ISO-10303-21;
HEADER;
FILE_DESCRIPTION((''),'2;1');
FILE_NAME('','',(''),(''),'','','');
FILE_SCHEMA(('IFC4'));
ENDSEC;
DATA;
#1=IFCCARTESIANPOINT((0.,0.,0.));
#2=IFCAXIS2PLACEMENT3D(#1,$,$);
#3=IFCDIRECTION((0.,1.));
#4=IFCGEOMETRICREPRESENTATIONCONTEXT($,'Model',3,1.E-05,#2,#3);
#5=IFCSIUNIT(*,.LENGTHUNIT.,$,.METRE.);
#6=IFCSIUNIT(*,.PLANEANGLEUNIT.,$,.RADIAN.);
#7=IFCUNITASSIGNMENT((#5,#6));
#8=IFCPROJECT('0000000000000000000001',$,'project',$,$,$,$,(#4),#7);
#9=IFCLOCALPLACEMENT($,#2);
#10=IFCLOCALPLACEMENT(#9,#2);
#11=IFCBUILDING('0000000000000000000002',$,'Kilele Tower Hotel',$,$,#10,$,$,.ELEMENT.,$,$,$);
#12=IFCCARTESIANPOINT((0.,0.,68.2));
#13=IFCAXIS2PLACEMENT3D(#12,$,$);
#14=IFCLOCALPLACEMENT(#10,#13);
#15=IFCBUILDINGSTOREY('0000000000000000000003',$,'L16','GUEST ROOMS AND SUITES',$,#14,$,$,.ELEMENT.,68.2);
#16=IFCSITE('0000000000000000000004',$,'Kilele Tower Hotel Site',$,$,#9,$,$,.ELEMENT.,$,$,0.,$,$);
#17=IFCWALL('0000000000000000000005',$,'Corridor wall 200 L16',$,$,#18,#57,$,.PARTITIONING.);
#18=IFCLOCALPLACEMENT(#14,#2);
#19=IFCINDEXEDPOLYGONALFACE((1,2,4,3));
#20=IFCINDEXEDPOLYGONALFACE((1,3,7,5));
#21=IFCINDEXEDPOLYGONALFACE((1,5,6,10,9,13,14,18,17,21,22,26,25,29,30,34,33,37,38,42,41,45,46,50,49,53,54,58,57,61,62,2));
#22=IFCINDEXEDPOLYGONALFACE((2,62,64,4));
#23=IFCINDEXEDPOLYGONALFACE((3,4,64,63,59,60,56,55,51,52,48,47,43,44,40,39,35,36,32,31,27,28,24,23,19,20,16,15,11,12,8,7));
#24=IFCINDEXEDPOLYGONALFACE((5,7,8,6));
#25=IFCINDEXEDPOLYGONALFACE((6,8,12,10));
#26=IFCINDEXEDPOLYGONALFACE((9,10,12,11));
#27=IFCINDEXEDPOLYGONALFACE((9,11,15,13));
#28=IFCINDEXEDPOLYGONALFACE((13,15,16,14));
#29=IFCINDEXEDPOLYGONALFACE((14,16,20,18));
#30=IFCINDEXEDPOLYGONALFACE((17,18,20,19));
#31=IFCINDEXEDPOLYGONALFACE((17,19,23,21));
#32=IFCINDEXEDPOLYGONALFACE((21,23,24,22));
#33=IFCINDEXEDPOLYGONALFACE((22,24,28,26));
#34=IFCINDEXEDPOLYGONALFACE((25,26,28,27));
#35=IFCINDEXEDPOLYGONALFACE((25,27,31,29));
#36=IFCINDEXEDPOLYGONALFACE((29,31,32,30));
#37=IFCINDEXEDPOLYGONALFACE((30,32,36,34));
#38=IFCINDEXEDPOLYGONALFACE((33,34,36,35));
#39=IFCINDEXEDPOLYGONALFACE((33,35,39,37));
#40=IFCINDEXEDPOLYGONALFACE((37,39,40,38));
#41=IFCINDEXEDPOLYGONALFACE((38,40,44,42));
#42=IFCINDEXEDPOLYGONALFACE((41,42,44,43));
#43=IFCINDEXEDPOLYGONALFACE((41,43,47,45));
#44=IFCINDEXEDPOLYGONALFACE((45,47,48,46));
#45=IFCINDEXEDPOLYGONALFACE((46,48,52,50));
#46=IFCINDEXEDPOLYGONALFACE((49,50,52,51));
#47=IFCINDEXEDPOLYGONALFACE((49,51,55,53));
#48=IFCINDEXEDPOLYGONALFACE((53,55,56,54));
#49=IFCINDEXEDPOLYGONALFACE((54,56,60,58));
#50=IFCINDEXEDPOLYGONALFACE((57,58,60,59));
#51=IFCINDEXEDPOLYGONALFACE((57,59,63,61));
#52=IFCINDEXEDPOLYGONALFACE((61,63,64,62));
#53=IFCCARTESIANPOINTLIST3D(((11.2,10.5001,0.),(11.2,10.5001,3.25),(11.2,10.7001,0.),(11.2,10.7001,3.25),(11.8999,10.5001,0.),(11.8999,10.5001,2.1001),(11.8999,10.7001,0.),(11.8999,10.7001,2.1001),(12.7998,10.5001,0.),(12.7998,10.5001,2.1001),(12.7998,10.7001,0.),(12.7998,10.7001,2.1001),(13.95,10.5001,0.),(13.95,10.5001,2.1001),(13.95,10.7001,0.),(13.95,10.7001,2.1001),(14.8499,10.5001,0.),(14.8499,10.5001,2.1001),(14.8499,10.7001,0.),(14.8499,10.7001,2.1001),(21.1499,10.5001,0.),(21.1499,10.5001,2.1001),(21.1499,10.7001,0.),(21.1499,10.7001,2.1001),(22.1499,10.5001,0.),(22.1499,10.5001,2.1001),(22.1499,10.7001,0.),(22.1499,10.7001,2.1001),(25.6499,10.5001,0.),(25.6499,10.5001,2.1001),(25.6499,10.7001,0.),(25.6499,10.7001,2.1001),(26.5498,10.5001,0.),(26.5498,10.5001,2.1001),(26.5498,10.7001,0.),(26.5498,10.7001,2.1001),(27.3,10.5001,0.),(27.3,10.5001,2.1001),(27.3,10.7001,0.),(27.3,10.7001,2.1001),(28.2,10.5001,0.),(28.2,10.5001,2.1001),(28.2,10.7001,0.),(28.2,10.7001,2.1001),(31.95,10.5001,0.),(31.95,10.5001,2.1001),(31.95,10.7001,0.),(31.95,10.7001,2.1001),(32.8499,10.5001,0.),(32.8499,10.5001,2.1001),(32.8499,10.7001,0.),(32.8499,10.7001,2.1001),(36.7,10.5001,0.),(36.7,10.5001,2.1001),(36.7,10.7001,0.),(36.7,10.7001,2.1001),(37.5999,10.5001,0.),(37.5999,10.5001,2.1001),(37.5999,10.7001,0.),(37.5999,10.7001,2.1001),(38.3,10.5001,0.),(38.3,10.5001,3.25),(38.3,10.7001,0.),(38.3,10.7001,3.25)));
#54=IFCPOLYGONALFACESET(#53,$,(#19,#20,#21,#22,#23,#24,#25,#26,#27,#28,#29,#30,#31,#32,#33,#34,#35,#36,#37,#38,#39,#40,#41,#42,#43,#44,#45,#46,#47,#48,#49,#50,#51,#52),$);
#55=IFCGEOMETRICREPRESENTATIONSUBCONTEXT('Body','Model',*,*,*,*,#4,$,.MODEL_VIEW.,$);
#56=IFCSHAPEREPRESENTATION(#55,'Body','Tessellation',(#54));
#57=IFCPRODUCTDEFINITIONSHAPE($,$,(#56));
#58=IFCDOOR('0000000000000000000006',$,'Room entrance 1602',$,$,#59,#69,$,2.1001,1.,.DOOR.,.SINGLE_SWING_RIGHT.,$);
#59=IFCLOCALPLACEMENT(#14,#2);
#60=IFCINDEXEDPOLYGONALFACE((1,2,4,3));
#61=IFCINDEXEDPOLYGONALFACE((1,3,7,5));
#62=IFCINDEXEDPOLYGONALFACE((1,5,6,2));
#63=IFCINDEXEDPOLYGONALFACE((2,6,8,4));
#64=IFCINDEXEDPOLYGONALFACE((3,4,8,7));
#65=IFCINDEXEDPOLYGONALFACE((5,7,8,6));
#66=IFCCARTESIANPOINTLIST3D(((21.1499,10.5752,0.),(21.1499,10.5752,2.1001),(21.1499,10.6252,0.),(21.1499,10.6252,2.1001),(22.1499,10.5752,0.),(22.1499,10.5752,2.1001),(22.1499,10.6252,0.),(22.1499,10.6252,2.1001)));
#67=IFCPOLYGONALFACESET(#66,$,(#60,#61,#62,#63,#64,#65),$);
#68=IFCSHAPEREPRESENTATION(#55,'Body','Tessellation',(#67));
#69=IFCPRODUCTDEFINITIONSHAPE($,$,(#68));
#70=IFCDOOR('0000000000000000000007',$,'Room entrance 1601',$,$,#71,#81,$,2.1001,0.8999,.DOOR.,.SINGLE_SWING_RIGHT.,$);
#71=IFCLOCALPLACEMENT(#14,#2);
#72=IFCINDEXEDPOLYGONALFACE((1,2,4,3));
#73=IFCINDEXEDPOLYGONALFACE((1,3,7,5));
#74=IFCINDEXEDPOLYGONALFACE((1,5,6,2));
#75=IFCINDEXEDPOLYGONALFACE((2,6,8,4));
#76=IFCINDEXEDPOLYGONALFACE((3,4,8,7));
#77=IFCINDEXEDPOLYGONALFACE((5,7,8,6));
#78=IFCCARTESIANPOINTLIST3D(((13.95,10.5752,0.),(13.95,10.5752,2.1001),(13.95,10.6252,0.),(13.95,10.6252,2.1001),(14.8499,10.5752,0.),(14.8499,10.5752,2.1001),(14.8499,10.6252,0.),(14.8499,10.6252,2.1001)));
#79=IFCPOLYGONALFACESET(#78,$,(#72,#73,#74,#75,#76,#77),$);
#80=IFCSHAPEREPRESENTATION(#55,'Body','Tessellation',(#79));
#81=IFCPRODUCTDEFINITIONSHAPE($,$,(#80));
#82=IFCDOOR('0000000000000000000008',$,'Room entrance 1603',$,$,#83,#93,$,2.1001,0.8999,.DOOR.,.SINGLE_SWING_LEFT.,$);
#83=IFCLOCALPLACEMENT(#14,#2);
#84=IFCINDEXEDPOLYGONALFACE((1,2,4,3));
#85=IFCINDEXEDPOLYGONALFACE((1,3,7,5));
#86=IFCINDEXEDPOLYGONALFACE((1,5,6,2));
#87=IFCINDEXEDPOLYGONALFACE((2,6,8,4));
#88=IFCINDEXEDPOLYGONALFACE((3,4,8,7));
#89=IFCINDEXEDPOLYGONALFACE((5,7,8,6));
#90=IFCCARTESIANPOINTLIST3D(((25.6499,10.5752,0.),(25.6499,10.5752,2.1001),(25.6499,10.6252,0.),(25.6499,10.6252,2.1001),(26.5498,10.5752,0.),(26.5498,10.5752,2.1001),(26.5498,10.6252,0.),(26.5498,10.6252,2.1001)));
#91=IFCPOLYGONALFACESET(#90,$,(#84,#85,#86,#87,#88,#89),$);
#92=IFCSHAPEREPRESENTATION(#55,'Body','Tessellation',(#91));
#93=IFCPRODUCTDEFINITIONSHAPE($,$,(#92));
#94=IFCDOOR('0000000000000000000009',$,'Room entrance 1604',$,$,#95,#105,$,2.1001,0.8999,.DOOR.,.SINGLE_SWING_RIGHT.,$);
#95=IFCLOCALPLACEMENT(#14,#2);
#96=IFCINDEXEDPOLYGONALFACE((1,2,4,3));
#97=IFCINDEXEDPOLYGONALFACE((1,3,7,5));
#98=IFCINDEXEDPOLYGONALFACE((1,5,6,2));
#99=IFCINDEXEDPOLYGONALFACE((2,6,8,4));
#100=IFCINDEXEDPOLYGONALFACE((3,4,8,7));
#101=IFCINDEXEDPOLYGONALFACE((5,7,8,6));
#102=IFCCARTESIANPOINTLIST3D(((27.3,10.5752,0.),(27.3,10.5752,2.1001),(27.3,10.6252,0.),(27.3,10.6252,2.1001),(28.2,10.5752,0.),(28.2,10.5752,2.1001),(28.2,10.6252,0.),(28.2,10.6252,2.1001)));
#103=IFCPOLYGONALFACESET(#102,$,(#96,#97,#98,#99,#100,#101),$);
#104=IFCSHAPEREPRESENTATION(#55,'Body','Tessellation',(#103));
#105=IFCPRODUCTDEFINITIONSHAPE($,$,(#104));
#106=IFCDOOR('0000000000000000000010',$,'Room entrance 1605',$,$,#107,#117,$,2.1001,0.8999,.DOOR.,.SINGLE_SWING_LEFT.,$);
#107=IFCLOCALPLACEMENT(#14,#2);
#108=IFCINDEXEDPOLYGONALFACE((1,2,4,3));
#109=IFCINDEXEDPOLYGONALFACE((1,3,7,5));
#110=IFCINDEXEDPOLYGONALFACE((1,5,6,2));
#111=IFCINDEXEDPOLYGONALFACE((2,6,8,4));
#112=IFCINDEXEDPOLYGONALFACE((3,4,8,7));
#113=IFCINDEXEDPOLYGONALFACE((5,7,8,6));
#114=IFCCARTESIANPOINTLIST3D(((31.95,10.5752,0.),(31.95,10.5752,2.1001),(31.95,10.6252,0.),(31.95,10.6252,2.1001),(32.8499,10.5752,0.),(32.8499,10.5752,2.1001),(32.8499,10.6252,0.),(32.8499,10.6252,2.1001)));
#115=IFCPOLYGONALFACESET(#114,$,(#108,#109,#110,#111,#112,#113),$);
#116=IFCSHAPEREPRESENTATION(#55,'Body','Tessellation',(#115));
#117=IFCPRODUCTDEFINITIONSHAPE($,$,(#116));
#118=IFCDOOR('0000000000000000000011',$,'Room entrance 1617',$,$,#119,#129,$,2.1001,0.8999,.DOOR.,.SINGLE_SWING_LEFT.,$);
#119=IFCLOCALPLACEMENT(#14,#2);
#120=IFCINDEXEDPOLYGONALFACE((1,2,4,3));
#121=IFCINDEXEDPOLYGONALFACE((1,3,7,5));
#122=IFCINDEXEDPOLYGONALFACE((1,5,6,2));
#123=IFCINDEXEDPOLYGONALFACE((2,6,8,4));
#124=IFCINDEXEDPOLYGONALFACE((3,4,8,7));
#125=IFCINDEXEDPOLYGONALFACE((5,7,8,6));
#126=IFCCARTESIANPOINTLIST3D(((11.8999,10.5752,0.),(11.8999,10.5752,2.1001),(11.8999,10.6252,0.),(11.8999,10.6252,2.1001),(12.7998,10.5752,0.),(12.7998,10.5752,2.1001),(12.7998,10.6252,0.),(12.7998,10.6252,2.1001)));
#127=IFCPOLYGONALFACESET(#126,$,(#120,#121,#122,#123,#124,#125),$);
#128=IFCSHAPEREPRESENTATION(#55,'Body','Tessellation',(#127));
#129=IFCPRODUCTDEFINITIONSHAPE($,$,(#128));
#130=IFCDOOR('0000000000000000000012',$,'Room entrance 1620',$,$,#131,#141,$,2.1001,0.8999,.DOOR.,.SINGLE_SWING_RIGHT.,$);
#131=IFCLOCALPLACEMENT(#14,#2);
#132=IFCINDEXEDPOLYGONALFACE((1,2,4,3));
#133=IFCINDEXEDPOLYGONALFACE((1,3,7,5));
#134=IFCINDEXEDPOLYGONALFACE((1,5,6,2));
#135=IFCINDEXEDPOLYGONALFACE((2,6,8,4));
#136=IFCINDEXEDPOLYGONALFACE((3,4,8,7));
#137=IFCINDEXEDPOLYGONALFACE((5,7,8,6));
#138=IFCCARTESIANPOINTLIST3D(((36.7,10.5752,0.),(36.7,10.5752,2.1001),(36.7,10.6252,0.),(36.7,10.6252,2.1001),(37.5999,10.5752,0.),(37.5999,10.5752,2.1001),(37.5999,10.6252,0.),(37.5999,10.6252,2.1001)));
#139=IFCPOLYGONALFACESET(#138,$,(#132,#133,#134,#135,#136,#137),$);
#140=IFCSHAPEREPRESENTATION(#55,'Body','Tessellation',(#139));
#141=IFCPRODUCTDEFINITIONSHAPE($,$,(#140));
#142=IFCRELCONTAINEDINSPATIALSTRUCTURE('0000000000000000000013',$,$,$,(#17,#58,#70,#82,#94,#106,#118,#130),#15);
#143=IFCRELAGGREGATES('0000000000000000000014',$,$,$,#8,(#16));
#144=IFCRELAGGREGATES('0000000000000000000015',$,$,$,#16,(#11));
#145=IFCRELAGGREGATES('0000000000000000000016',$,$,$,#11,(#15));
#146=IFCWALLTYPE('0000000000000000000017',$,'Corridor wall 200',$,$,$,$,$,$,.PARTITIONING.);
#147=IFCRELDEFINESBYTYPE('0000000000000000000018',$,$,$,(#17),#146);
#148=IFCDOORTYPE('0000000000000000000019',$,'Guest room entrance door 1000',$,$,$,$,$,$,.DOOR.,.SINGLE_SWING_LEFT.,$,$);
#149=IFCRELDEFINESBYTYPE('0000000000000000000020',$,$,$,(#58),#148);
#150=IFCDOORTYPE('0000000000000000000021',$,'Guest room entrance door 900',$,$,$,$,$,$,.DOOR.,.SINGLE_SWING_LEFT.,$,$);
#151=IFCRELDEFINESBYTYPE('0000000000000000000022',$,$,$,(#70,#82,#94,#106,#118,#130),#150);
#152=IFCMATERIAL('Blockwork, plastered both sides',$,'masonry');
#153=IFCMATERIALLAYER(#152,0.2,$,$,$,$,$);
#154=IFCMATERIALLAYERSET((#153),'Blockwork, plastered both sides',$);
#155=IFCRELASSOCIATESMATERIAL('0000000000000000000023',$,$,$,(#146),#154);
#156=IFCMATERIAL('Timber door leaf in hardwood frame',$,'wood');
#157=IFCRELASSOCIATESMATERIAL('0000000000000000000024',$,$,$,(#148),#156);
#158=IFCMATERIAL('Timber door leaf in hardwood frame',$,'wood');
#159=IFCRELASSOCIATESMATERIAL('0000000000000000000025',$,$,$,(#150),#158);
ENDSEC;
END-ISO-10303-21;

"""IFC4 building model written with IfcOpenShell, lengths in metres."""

from ifc_helpers import new_model, si_unit, direction, frame, frame_2d, origin, place, context, subcontext, project, spatial, rectangle, extrude, material, layer, layer_set, type_object, element, fill, save


model = new_model("IFC4")

# Units and contexts
model_context = context("Model", 3, precision=1e-05, world=origin(), true_north=direction((0.0, 1.0)))
body_context = subcontext(model_context, "Body", "Model", "MODEL_VIEW")
ifc_project = project(units=[si_unit("LENGTHUNIT", "METRE"), si_unit("PLANEANGLEUNIT", "RADIAN")], contexts=[model_context])

# Site, building, storey
site_placement = place(None, origin())
site = spatial("IfcSite", under=ifc_project, at=site_placement, Name="Kilele Tower Hotel Site", CompositionType="ELEMENT", RefElevation=0.0)
building_placement = place(site_placement, origin())
building = spatial("IfcBuilding", under=site, at=building_placement, Name="Kilele Tower Hotel", CompositionType="ELEMENT")
storey_placement = place(building_placement, frame((0.0, 0.0, 68.2)))
storey = spatial("IfcBuildingStorey", under=building, at=storey_placement, Name="L16", Description="GUEST ROOMS AND SUITES", CompositionType="ELEMENT", Elevation=68.2)

# Wall, openings, doors
ifc_material_1 = material(Name="Blockwork, plastered both sides", Category="masonry")
ifc_layer_1 = layer(ifc_material_1, 0.2)
ifc_layer_set_1 = layer_set([ifc_layer_1], Name="Blockwork, plastered both sides")
wall_type_1 = type_object("IfcWallType", Name="Corridor wall 200", PredefinedType="PARTITIONING", material=ifc_layer_set_1)
wall_1_placement = place(storey_placement, frame((11.2, 10.6001, 0.0), z_axis=(0.0, 0.0, 1.0), x_axis=(1.0, 0.0, 0.0)))
wall_1 = element("IfcWall", 1, at=wall_1_placement, inside=storey, type_object=wall_type_1, Name="Corridor wall 200 L16", PredefinedType="PARTITIONING", context=body_context, shape_type="SweptSolid", body=[
    extrude(rectangle(XDim=27.1001, YDim=0.2, at=frame_2d((13.55, 0.0))), origin(), (0.0, 0.0, 1.0), 3.25),
])
opening_1_placement = place(wall_1_placement, frame((3.6499, 0.0, 0.0), z_axis=(0.0, 0.0, 1.0), x_axis=(-1.0, 0.0, 0.0)))
opening_1 = element("IfcOpeningElement", 2, at=opening_1_placement, cuts=wall_1, PredefinedType="OPENING", context=body_context, shape_type="SweptSolid", body=[
    extrude(rectangle(XDim=0.8999, YDim=2.1001, at=frame_2d((0.45, 1.05))), frame((0.0, 0.1099, 0.0), z_axis=(0.0, -1.0, 0.0), x_axis=(1.0, 0.0, 0.0)), (0.0, 0.0, 1.0), 0.22),
])
opening_2_placement = place(wall_1_placement, frame((10.95, 0.0, 0.0), z_axis=(0.0, 0.0, 1.0), x_axis=(-1.0, 0.0, 0.0)))
opening_2 = element("IfcOpeningElement", 3, at=opening_2_placement, cuts=wall_1, PredefinedType="OPENING", context=body_context, shape_type="SweptSolid", body=[
    extrude(rectangle(XDim=1.0, YDim=2.1001, at=frame_2d((0.5, 1.05))), frame((0.0, 0.1099, 0.0), z_axis=(0.0, -1.0, 0.0), x_axis=(1.0, 0.0, 0.0)), (0.0, 0.0, 1.0), 0.22),
])
opening_3_placement = place(wall_1_placement, frame((15.3499, 0.0, 0.0), z_axis=(0.0, 0.0, 1.0), x_axis=(-1.0, 0.0, 0.0)))
opening_3 = element("IfcOpeningElement", 4, at=opening_3_placement, cuts=wall_1, PredefinedType="OPENING", context=body_context, shape_type="SweptSolid", body=[
    extrude(rectangle(XDim=0.8999, YDim=2.1001, at=frame_2d((0.45, 1.05))), frame((0.0, 0.1099, 0.0), z_axis=(0.0, -1.0, 0.0), x_axis=(1.0, 0.0, 0.0)), (0.0, 0.0, 1.0), 0.22),
])
opening_4_placement = place(wall_1_placement, frame((17.0, 0.0, 0.0), z_axis=(0.0, 0.0, 1.0), x_axis=(-1.0, 0.0, 0.0)))
opening_4 = element("IfcOpeningElement", 5, at=opening_4_placement, cuts=wall_1, PredefinedType="OPENING", context=body_context, shape_type="SweptSolid", body=[
    extrude(rectangle(XDim=0.8999, YDim=2.1001, at=frame_2d((0.45, 1.05))), frame((0.0, 0.1099, 0.0), z_axis=(0.0, -1.0, 0.0), x_axis=(1.0, 0.0, 0.0)), (0.0, 0.0, 1.0), 0.22),
])
opening_5_placement = place(wall_1_placement, frame((21.6499, 0.0, 0.0), z_axis=(0.0, 0.0, 1.0), x_axis=(-1.0, 0.0, 0.0)))
opening_5 = element("IfcOpeningElement", 6, at=opening_5_placement, cuts=wall_1, PredefinedType="OPENING", context=body_context, shape_type="SweptSolid", body=[
    extrude(rectangle(XDim=0.8999, YDim=2.1001, at=frame_2d((0.45, 1.05))), frame((0.0, 0.1099, 0.0), z_axis=(0.0, -1.0, 0.0), x_axis=(1.0, 0.0, 0.0)), (0.0, 0.0, 1.0), 0.22),
])
opening_6_placement = place(wall_1_placement, frame((1.5999, 0.0, 0.0), z_axis=(0.0, 0.0, 1.0), x_axis=(-1.0, 0.0, 0.0)))
opening_6 = element("IfcOpeningElement", 7, at=opening_6_placement, cuts=wall_1, PredefinedType="OPENING", context=body_context, shape_type="SweptSolid", body=[
    extrude(rectangle(XDim=0.8999, YDim=2.1001, at=frame_2d((0.45, 1.05))), frame((0.0, 0.1099, 0.0), z_axis=(0.0, -1.0, 0.0), x_axis=(1.0, 0.0, 0.0)), (0.0, 0.0, 1.0), 0.22),
])
opening_7_placement = place(wall_1_placement, frame((26.3999, 0.0, 0.0), z_axis=(0.0, 0.0, 1.0), x_axis=(-1.0, 0.0, 0.0)))
opening_7 = element("IfcOpeningElement", 8, at=opening_7_placement, cuts=wall_1, PredefinedType="OPENING", context=body_context, shape_type="SweptSolid", body=[
    extrude(rectangle(XDim=0.8999, YDim=2.1001, at=frame_2d((0.45, 1.05))), frame((0.0, 0.1099, 0.0), z_axis=(0.0, -1.0, 0.0), x_axis=(1.0, 0.0, 0.0)), (0.0, 0.0, 1.0), 0.22),
])
ifc_material_2 = material(Name="Timber door leaf in hardwood frame", Category="wood")
door_type_1 = type_object("IfcDoorType", Name="Guest room entrance door 1000", OperationType="SINGLE_SWING_LEFT", PredefinedType="DOOR", material=ifc_material_2)
door_1_placement = place(opening_2_placement, origin())
door_1 = element("IfcDoor", 9, at=door_1_placement, inside=storey, type_object=door_type_1, Name="Room entrance 1602", OperationType="SINGLE_SWING_RIGHT", OverallHeight=2.1001, OverallWidth=1.0, PredefinedType="DOOR", context=body_context, shape_type="SweptSolid", body=[
    extrude(rectangle(XDim=1.0, YDim=2.1001, at=frame_2d((0.5, 1.05))), frame((0.0, 0.0249, 0.0), z_axis=(0.0, -1.0, 0.0), x_axis=(1.0, 0.0, 0.0)), (0.0, 0.0, 1.0), 0.05),
])
fill(opening_2, door_1)
ifc_material_3 = material(Name="Timber door leaf in hardwood frame", Category="wood")
door_type_2 = type_object("IfcDoorType", Name="Guest room entrance door 900", OperationType="SINGLE_SWING_LEFT", PredefinedType="DOOR", material=ifc_material_3)
door_2_placement = place(opening_1_placement, origin())
door_2 = element("IfcDoor", 10, at=door_2_placement, inside=storey, type_object=door_type_2, Name="Room entrance 1601", OperationType="SINGLE_SWING_RIGHT", OverallHeight=2.1001, OverallWidth=0.8999, PredefinedType="DOOR", context=body_context, shape_type="SweptSolid", body=[
    extrude(rectangle(XDim=0.8999, YDim=2.1001, at=frame_2d((0.45, 1.05))), frame((0.0, 0.0249, 0.0), z_axis=(0.0, -1.0, 0.0), x_axis=(1.0, 0.0, 0.0)), (0.0, 0.0, 1.0), 0.05),
])
fill(opening_1, door_2)
door_3_placement = place(opening_3_placement, origin())
door_3 = element("IfcDoor", 11, at=door_3_placement, inside=storey, type_object=door_type_2, Name="Room entrance 1603", OperationType="SINGLE_SWING_LEFT", OverallHeight=2.1001, OverallWidth=0.8999, PredefinedType="DOOR", context=body_context, shape_type="SweptSolid", body=[
    extrude(rectangle(XDim=0.8999, YDim=2.1001, at=frame_2d((0.45, 1.05))), frame((0.0, 0.0249, 0.0), z_axis=(0.0, -1.0, 0.0), x_axis=(1.0, 0.0, 0.0)), (0.0, 0.0, 1.0), 0.05),
])
fill(opening_3, door_3)
door_4_placement = place(opening_4_placement, origin())
door_4 = element("IfcDoor", 12, at=door_4_placement, inside=storey, type_object=door_type_2, Name="Room entrance 1604", OperationType="SINGLE_SWING_RIGHT", OverallHeight=2.1001, OverallWidth=0.8999, PredefinedType="DOOR", context=body_context, shape_type="SweptSolid", body=[
    extrude(rectangle(XDim=0.8999, YDim=2.1001, at=frame_2d((0.45, 1.05))), frame((0.0, 0.0249, 0.0), z_axis=(0.0, -1.0, 0.0), x_axis=(1.0, 0.0, 0.0)), (0.0, 0.0, 1.0), 0.05),
])
fill(opening_4, door_4)
door_5_placement = place(opening_5_placement, origin())
door_5 = element("IfcDoor", 13, at=door_5_placement, inside=storey, type_object=door_type_2, Name="Room entrance 1605", OperationType="SINGLE_SWING_LEFT", OverallHeight=2.1001, OverallWidth=0.8999, PredefinedType="DOOR", context=body_context, shape_type="SweptSolid", body=[
    extrude(rectangle(XDim=0.8999, YDim=2.1001, at=frame_2d((0.45, 1.05))), frame((0.0, 0.0249, 0.0), z_axis=(0.0, -1.0, 0.0), x_axis=(1.0, 0.0, 0.0)), (0.0, 0.0, 1.0), 0.05),
])
fill(opening_5, door_5)
door_6_placement = place(opening_6_placement, origin())
door_6 = element("IfcDoor", 14, at=door_6_placement, inside=storey, type_object=door_type_2, Name="Room entrance 1617", OperationType="SINGLE_SWING_LEFT", OverallHeight=2.1001, OverallWidth=0.8999, PredefinedType="DOOR", context=body_context, shape_type="SweptSolid", body=[
    extrude(rectangle(XDim=0.8999, YDim=2.1001, at=frame_2d((0.45, 1.05))), frame((0.0, 0.0249, 0.0), z_axis=(0.0, -1.0, 0.0), x_axis=(1.0, 0.0, 0.0)), (0.0, 0.0, 1.0), 0.05),
])
fill(opening_6, door_6)
door_7_placement = place(opening_7_placement, origin())
door_7 = element("IfcDoor", 15, at=door_7_placement, inside=storey, type_object=door_type_2, Name="Room entrance 1620", OperationType="SINGLE_SWING_RIGHT", OverallHeight=2.1001, OverallWidth=0.8999, PredefinedType="DOOR", context=body_context, shape_type="SweptSolid", body=[
    extrude(rectangle(XDim=0.8999, YDim=2.1001, at=frame_2d((0.45, 1.05))), frame((0.0, 0.0249, 0.0), z_axis=(0.0, -1.0, 0.0), x_axis=(1.0, 0.0, 0.0)), (0.0, 0.0, 1.0), 0.05),
])
fill(opening_7, door_7)

save(model, "model.ifc")
